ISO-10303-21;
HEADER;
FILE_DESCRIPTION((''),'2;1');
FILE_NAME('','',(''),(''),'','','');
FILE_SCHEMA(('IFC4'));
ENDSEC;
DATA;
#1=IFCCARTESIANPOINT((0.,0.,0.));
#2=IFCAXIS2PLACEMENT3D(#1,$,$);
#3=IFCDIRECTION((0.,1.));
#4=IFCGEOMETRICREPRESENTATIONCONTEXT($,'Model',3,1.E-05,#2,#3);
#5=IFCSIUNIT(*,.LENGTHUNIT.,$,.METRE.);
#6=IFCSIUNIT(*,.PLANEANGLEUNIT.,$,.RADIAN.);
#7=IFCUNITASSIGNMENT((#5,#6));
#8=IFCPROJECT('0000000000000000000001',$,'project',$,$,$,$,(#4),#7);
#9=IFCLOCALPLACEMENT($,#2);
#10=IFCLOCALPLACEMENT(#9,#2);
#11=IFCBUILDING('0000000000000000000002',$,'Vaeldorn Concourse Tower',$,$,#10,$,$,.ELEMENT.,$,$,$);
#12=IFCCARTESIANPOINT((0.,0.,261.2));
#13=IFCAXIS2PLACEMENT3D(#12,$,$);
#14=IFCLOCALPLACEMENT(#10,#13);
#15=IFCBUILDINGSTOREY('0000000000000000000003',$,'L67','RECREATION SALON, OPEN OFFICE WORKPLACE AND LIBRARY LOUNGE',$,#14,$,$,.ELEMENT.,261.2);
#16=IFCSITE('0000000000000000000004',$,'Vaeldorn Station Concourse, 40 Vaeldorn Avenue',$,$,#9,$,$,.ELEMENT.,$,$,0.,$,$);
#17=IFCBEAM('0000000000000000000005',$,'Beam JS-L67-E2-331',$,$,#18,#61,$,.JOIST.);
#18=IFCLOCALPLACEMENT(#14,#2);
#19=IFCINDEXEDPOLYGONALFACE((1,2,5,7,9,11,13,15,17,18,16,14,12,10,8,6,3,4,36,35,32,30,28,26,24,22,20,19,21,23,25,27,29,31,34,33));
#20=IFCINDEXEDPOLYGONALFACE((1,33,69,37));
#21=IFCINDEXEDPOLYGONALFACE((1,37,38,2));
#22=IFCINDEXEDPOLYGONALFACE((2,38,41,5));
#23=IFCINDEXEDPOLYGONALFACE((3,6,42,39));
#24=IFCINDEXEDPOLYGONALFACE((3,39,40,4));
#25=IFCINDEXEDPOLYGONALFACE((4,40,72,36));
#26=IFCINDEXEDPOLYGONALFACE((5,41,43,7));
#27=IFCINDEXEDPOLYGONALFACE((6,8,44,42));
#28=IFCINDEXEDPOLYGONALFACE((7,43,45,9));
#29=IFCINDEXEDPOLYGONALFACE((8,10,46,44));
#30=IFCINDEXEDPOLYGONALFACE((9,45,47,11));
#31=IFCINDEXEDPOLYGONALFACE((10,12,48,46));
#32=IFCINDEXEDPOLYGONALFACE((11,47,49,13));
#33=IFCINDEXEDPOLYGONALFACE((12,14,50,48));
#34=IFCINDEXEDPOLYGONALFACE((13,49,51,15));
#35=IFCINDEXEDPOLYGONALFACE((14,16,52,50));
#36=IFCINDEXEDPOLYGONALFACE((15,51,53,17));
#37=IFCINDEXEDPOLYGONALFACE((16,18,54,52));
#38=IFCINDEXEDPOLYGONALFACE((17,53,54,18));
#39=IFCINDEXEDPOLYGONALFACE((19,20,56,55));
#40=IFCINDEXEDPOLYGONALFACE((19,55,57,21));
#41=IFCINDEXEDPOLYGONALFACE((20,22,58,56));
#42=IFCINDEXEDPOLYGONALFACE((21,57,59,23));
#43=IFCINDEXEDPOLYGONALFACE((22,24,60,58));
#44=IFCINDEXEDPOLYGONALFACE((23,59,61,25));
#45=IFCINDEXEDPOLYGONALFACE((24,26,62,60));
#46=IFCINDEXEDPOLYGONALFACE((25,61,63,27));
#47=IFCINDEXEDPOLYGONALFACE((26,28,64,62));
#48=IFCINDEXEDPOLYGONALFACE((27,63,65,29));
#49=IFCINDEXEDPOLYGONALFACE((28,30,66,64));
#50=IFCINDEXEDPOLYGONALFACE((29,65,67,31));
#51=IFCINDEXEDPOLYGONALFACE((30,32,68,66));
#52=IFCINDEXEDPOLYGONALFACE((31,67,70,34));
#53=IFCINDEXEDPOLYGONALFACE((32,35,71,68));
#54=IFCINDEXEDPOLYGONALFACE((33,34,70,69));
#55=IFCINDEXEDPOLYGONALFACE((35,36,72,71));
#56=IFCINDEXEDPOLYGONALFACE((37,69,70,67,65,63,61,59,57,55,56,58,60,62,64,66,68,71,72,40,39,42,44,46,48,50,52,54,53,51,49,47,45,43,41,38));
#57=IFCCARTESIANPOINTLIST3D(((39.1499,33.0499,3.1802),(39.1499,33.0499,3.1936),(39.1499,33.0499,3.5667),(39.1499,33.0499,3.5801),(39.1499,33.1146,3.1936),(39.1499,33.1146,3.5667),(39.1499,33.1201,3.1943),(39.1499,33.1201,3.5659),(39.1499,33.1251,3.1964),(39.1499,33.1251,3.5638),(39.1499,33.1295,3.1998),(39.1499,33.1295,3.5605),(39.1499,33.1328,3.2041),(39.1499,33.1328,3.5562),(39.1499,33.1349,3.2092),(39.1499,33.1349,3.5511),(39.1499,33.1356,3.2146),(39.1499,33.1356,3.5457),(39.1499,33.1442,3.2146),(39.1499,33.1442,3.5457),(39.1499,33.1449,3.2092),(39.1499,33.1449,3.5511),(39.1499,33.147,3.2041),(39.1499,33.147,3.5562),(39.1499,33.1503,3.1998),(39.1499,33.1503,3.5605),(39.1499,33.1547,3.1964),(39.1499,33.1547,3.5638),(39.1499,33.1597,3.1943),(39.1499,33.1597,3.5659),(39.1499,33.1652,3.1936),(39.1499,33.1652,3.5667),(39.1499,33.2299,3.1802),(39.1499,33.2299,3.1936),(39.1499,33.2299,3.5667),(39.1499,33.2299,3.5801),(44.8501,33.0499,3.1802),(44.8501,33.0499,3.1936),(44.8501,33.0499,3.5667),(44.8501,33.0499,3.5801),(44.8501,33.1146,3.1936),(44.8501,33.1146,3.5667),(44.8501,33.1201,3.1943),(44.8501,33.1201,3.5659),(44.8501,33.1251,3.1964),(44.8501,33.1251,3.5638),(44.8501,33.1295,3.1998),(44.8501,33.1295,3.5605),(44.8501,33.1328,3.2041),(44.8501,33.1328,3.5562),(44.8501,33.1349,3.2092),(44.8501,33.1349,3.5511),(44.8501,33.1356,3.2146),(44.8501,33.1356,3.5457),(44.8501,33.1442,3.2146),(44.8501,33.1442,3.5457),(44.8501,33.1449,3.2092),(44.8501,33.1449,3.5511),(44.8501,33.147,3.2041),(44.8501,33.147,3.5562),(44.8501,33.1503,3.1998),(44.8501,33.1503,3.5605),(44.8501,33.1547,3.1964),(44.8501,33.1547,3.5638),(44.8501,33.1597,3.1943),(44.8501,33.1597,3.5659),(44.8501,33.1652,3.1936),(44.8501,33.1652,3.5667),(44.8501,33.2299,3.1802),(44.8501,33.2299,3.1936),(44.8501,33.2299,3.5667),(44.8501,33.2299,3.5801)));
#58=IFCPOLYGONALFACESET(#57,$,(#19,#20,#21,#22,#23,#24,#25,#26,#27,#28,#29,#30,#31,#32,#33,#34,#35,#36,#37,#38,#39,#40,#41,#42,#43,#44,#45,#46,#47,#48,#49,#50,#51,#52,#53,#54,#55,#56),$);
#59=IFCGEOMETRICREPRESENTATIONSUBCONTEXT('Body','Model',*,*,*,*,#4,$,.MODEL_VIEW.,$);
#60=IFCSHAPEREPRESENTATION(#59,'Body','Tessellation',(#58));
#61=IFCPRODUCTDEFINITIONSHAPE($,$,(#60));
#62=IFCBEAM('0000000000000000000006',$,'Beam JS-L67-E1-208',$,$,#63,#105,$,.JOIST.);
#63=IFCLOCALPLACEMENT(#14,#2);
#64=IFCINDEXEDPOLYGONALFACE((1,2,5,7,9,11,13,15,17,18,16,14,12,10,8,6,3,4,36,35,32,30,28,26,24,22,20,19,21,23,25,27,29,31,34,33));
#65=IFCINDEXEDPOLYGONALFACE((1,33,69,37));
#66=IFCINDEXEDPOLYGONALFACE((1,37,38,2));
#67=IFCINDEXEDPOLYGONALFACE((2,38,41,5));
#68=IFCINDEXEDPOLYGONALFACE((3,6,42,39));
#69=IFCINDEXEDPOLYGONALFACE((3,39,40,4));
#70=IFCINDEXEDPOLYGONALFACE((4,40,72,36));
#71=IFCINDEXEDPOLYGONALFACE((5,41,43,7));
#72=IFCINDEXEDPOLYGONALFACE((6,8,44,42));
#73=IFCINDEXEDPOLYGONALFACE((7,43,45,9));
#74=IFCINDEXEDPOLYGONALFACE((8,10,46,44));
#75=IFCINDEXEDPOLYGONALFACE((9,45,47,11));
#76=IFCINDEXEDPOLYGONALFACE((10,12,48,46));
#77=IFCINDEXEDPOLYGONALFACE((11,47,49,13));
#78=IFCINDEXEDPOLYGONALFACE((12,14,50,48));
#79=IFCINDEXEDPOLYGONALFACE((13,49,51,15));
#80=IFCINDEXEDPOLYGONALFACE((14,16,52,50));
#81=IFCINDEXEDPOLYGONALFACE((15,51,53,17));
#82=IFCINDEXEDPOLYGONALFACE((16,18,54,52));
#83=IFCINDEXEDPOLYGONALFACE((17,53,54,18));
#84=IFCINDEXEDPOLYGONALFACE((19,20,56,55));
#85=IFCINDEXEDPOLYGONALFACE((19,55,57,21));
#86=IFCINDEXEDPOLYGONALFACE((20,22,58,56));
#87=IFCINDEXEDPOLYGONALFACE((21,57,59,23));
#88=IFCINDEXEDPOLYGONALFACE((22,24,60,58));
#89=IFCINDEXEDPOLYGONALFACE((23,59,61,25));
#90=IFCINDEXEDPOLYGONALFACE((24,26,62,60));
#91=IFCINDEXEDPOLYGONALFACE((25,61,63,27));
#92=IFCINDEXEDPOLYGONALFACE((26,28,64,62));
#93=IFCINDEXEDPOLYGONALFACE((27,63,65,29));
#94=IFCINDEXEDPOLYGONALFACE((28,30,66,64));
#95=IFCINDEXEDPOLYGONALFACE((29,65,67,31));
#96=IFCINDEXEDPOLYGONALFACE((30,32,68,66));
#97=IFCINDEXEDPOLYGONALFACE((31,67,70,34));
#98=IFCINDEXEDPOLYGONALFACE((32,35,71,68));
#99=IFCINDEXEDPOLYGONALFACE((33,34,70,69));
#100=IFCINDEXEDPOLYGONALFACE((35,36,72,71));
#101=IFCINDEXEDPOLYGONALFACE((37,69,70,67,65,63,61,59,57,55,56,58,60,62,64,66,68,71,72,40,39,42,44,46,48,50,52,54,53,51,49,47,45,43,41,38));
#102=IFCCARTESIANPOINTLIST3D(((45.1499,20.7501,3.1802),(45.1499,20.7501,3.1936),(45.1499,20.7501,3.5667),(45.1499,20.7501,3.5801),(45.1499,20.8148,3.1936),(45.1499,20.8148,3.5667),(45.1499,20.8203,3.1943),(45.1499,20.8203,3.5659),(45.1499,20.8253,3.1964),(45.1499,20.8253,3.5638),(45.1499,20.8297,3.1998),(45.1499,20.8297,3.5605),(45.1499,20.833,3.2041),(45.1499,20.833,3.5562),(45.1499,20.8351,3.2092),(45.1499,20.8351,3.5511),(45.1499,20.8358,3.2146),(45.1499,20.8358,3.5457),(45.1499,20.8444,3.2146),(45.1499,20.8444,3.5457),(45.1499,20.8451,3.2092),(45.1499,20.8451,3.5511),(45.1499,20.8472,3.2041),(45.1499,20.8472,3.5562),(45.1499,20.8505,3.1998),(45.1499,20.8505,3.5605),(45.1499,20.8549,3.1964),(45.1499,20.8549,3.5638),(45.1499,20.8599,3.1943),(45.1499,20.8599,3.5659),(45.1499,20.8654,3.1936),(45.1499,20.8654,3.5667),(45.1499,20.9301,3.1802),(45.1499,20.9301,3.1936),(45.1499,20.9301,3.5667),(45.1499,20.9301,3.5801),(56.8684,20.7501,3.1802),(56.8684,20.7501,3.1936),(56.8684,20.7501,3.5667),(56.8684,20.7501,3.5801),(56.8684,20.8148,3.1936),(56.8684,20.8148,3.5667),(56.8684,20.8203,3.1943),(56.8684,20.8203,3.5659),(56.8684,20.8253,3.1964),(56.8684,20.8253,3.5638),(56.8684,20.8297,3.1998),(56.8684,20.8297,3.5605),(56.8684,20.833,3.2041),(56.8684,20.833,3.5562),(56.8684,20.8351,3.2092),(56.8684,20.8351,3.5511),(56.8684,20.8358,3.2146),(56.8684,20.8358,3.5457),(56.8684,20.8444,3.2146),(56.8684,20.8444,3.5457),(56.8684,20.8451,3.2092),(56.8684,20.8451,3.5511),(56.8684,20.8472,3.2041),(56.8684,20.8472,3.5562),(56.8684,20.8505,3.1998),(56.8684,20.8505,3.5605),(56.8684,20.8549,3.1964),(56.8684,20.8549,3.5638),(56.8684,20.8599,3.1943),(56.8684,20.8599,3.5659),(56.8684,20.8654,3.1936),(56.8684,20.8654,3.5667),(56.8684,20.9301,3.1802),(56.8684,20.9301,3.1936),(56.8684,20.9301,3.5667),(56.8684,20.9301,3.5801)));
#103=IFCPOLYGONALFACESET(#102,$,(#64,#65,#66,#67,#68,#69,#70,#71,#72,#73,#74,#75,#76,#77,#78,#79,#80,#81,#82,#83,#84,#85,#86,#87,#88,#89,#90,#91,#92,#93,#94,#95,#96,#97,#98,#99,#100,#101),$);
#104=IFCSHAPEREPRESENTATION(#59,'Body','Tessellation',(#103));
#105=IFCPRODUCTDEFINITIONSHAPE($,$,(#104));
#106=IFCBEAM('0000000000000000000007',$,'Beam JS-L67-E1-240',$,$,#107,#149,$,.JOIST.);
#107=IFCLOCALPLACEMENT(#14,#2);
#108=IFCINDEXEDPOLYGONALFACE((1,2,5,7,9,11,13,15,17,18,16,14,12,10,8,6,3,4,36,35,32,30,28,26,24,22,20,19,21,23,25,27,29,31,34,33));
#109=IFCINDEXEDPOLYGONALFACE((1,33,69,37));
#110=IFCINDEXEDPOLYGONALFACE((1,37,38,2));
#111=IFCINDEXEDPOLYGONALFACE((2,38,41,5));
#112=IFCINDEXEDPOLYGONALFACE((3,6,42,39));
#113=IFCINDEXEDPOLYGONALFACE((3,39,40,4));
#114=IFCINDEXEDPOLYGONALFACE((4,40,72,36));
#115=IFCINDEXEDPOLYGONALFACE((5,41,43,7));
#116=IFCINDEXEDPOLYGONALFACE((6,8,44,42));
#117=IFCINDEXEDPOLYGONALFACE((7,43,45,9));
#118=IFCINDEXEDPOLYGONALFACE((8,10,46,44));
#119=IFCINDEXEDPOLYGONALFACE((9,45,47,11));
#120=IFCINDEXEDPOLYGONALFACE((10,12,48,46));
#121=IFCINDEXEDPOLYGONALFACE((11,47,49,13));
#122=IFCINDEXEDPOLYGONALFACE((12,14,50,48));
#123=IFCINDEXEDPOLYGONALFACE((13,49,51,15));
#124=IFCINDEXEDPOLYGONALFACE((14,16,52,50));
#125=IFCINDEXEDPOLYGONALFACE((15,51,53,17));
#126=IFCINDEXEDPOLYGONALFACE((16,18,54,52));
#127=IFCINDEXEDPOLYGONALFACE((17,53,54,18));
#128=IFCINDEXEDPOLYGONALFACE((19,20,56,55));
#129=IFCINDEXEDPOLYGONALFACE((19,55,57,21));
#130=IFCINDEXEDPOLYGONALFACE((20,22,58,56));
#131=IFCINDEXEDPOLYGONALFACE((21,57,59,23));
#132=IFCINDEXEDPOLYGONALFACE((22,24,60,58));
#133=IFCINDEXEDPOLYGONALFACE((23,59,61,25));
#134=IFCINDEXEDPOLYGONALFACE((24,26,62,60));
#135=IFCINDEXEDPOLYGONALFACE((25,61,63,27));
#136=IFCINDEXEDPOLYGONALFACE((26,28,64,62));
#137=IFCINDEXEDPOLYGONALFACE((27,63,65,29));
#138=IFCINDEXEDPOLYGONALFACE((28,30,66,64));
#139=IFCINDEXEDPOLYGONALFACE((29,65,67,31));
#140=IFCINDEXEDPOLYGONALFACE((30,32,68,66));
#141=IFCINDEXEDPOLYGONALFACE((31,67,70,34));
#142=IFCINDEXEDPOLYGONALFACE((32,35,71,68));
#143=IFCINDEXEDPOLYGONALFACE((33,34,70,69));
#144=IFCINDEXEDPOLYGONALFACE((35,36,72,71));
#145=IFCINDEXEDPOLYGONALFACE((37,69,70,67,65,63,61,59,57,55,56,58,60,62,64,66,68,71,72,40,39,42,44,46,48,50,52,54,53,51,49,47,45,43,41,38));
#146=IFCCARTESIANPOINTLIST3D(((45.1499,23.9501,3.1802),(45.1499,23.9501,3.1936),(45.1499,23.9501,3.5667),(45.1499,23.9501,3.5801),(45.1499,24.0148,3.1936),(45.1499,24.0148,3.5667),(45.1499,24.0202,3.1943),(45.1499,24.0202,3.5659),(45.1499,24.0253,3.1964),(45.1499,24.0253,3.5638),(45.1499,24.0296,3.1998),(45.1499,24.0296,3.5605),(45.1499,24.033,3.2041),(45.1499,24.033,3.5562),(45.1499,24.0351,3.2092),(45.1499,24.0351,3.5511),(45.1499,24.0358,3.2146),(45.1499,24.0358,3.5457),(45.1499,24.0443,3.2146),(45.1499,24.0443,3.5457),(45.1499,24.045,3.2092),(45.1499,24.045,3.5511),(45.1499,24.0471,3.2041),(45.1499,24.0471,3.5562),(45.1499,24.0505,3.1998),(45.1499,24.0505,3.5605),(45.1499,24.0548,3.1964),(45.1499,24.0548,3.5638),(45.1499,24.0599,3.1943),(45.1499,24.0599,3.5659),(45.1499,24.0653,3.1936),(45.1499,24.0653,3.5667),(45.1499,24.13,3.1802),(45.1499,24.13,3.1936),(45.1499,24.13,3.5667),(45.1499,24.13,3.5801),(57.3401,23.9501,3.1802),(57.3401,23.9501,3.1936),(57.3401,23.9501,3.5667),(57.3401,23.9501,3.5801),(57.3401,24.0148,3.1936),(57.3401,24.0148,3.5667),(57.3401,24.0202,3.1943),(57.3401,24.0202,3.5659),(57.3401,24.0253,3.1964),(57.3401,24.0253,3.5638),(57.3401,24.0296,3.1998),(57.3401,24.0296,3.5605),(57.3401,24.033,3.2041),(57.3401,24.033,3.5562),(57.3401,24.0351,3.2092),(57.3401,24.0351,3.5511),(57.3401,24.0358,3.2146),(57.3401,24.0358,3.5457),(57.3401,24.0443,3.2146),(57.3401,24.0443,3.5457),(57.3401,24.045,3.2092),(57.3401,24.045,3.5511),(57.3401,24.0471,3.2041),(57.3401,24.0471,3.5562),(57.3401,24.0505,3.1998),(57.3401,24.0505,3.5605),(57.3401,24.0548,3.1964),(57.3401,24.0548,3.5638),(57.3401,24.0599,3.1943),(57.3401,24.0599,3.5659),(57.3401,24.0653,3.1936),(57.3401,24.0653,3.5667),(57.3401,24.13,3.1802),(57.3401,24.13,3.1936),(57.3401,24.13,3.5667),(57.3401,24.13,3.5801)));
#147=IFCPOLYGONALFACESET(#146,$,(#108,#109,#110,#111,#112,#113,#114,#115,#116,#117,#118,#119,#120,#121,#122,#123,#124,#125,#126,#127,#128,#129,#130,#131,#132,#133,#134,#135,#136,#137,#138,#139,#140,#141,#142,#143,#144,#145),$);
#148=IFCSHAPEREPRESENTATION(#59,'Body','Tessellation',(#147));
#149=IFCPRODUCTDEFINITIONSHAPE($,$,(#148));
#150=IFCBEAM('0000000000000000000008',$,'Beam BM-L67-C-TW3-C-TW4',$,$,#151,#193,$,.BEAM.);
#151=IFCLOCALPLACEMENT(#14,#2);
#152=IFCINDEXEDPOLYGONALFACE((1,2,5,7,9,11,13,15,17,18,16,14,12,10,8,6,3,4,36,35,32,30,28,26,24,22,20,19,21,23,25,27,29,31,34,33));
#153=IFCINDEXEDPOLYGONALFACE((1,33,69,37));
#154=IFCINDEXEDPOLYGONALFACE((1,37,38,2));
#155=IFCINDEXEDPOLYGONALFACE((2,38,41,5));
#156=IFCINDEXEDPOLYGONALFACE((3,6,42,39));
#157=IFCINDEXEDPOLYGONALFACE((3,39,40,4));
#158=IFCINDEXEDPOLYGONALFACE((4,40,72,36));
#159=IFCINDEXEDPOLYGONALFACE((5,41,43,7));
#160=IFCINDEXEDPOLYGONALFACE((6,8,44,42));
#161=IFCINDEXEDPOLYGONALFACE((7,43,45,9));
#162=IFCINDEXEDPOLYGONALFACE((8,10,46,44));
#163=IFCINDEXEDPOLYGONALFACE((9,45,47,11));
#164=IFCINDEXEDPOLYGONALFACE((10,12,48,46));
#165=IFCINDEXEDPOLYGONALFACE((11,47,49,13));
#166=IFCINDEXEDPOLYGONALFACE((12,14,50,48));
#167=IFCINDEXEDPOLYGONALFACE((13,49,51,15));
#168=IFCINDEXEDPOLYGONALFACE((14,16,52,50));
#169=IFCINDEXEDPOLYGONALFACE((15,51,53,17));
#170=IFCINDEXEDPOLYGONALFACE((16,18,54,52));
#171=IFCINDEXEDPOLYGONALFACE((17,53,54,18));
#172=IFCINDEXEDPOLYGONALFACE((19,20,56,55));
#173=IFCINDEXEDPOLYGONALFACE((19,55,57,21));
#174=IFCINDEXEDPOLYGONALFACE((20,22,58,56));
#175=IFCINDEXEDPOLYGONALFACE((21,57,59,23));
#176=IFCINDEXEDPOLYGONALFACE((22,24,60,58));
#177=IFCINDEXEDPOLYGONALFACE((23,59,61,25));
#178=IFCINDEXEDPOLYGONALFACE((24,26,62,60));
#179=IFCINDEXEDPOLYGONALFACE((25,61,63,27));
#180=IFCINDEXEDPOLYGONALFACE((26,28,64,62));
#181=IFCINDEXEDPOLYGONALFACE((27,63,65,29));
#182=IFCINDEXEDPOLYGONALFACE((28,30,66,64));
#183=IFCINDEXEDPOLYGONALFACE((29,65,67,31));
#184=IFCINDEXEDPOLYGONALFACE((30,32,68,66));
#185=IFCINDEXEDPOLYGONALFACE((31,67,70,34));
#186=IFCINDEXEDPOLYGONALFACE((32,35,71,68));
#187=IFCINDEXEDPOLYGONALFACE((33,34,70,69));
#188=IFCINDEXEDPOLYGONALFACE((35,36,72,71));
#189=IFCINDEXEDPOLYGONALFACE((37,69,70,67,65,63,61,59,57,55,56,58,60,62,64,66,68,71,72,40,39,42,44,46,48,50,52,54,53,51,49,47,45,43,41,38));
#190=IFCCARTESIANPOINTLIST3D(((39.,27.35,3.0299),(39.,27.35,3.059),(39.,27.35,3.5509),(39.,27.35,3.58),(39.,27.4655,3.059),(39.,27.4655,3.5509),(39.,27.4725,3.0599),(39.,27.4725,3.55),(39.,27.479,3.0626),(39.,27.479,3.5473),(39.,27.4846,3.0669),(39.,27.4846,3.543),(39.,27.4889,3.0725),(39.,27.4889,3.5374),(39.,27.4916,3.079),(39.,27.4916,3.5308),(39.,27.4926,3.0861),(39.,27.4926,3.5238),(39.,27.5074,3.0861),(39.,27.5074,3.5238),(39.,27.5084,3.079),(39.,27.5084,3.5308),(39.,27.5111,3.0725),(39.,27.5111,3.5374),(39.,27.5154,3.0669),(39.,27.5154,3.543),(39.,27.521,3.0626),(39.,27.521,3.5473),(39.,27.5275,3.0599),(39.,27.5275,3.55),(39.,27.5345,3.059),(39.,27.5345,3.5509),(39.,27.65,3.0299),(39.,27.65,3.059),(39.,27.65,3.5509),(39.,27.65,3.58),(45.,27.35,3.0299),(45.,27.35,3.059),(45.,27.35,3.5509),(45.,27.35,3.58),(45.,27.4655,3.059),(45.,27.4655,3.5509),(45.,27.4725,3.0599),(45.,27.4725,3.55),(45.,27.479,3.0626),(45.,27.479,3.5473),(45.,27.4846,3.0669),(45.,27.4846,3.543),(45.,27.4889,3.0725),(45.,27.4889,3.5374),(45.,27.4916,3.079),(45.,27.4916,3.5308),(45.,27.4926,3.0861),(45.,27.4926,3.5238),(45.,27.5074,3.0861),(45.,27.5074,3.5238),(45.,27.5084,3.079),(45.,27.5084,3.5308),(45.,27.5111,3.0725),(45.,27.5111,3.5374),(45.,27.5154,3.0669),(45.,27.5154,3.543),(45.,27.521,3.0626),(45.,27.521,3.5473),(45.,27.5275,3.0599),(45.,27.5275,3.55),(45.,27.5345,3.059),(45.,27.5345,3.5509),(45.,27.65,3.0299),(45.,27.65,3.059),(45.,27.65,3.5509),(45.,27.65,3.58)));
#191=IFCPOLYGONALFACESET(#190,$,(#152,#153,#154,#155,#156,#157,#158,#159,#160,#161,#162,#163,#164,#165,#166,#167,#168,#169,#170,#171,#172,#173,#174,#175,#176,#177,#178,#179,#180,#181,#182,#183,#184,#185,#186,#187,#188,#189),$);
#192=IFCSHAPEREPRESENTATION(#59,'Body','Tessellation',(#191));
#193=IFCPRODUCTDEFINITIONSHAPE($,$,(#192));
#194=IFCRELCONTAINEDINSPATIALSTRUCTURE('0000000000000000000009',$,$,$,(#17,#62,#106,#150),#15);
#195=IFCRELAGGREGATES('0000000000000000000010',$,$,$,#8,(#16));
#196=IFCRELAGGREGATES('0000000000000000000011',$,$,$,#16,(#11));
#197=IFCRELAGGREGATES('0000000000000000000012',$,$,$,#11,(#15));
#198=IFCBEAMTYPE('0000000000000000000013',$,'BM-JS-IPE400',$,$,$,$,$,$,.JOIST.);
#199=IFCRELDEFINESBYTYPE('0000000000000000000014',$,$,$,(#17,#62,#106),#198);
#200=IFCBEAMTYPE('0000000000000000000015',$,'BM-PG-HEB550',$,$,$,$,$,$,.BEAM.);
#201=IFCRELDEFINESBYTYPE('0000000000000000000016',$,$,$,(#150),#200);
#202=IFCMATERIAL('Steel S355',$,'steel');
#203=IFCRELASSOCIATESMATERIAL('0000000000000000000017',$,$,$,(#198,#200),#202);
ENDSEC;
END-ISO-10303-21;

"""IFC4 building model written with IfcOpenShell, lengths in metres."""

from ifc_helpers import new_model, si_unit, direction, frame, origin, origin_2d, place, context, subcontext, project, spatial, i_section, extrude, source, transform, mapped, material, material_profile, profile_set, type_object, element, save


model = new_model("IFC4")

# Units and contexts
model_context = context("Model", 3, precision=1e-05, world=origin(), true_north=direction((0.0, 1.0)))
body_context = subcontext(model_context, "Body", "Model", "MODEL_VIEW")
ifc_project = project(units=[si_unit("LENGTHUNIT", "METRE"), si_unit("PLANEANGLEUNIT", "RADIAN")], contexts=[model_context])

# Site, building, storey
site_placement = place(None, origin())
site = spatial("IfcSite", under=ifc_project, at=site_placement, Name="Vaeldorn Station Concourse, 40 Vaeldorn Avenue", CompositionType="ELEMENT", RefElevation=0.0)
building_placement = place(site_placement, origin())
building = spatial("IfcBuilding", under=site, at=building_placement, Name="Vaeldorn Concourse Tower", CompositionType="ELEMENT")
storey_placement = place(building_placement, frame((0.0, 0.0, 261.2)))
storey = spatial("IfcBuildingStorey", under=building, at=storey_placement, Name="L67", Description="RECREATION SALON, OPEN OFFICE WORKPLACE AND LIBRARY LOUNGE", CompositionType="ELEMENT", Elevation=261.2)

# Shared definitions
ifc_material_1 = material(Name="Steel S355", Category="steel")

# Beams
ifc_material_profile_1 = material_profile(ifc_material_1, i_section(OverallWidth=0.1799, OverallDepth=0.3999, WebThickness=0.0085, FlangeThickness=0.0134, FilletRadius=0.021, at=origin_2d()), Name="IPE 400")
ifc_profile_set_1 = profile_set([ifc_material_profile_1], Name="Steel S355")
beam_type_1 = type_object("IfcBeamType", Name="BM-JS-IPE400", PredefinedType="JOIST", material=ifc_profile_set_1)
shared_shape_1 = source(origin(), body_context, "Body", "SweptSolid", [
    extrude(i_section(OverallWidth=0.1799, OverallDepth=0.3999, WebThickness=0.0085, FlangeThickness=0.0134, FilletRadius=0.021, at=origin_2d()), origin(), (0.0, 0.0, 1.0), 5.7002),
])
for number, where, z_axis, x_axis, name in (
    (1, (39.1499, 33.1399, 3.3801), (1.0, 0.0, 0.0), (0.0, 1.0, 0.0), "Beam JS-L67-E2-331"),
):
    element("IfcBeam", number, at=place(storey_placement, frame(where, z_axis=z_axis, x_axis=x_axis)), inside=storey, type_object=beam_type_1, Name=name, PredefinedType="JOIST", context=body_context, shape_type="MappedRepresentation", body=[
        mapped(shared_shape_1, transform((0.0, 0.0, 0.0), scale=1.0)),
    ])
shared_shape_2 = source(origin(), body_context, "Body", "SweptSolid", [
    extrude(i_section(OverallWidth=0.1799, OverallDepth=0.3999, WebThickness=0.0085, FlangeThickness=0.0134, FilletRadius=0.021, at=origin_2d()), origin(), (0.0, 0.0, 1.0), 11.7185),
])
beam_1_placement = place(storey_placement, frame((45.1499, 20.8401, 3.3801), z_axis=(1.0, 0.0, 0.0), x_axis=(0.0, 1.0, 0.0)))
element("IfcBeam", 2, at=beam_1_placement, inside=storey, type_object=beam_type_1, Name="Beam JS-L67-E1-208", PredefinedType="JOIST", context=body_context, shape_type="MappedRepresentation", body=[
    mapped(shared_shape_2, transform((0.0, 0.0, 0.0), scale=1.0)),
])
shared_shape_3 = source(origin(), body_context, "Body", "SweptSolid", [
    extrude(i_section(OverallWidth=0.1799, OverallDepth=0.3999, WebThickness=0.0085, FlangeThickness=0.0134, FilletRadius=0.021, at=origin_2d()), origin(), (0.0, 0.0, 1.0), 12.1902),
])
beam_2_placement = place(storey_placement, frame((45.1499, 24.04, 3.3801), z_axis=(1.0, 0.0, 0.0), x_axis=(0.0, 1.0, 0.0)))
element("IfcBeam", 3, at=beam_2_placement, inside=storey, type_object=beam_type_1, Name="Beam JS-L67-E1-240", PredefinedType="JOIST", context=body_context, shape_type="MappedRepresentation", body=[
    mapped(shared_shape_3, transform((0.0, 0.0, 0.0), scale=1.0)),
])
ifc_material_profile_2 = material_profile(ifc_material_1, i_section(OverallWidth=0.3, OverallDepth=0.55, WebThickness=0.0149, FlangeThickness=0.0291, FilletRadius=0.0271, at=origin_2d()), Name="HEB 550")
ifc_profile_set_2 = profile_set([ifc_material_profile_2], Name="Steel S355")
beam_type_2 = type_object("IfcBeamType", Name="BM-PG-HEB550", PredefinedType="BEAM", material=ifc_profile_set_2)
shared_shape_4 = source(origin(), body_context, "Body", "SweptSolid", [
    extrude(i_section(OverallWidth=0.3, OverallDepth=0.55, WebThickness=0.0149, FlangeThickness=0.0291, FilletRadius=0.0271, at=origin_2d()), origin(), (0.0, 0.0, 1.0), 6.0),
])
beam_3_placement = place(storey_placement, frame((39.0, 27.5, 3.3049), z_axis=(1.0, 0.0, 0.0), x_axis=(0.0, 1.0, 0.0)))
element("IfcBeam", 4, at=beam_3_placement, inside=storey, type_object=beam_type_2, Name="Beam BM-L67-C-TW3-C-TW4", PredefinedType="BEAM", context=body_context, shape_type="MappedRepresentation", body=[
    mapped(shared_shape_4, transform((0.0, 0.0, 0.0), scale=1.0)),
])

save(model, "model.ifc")
